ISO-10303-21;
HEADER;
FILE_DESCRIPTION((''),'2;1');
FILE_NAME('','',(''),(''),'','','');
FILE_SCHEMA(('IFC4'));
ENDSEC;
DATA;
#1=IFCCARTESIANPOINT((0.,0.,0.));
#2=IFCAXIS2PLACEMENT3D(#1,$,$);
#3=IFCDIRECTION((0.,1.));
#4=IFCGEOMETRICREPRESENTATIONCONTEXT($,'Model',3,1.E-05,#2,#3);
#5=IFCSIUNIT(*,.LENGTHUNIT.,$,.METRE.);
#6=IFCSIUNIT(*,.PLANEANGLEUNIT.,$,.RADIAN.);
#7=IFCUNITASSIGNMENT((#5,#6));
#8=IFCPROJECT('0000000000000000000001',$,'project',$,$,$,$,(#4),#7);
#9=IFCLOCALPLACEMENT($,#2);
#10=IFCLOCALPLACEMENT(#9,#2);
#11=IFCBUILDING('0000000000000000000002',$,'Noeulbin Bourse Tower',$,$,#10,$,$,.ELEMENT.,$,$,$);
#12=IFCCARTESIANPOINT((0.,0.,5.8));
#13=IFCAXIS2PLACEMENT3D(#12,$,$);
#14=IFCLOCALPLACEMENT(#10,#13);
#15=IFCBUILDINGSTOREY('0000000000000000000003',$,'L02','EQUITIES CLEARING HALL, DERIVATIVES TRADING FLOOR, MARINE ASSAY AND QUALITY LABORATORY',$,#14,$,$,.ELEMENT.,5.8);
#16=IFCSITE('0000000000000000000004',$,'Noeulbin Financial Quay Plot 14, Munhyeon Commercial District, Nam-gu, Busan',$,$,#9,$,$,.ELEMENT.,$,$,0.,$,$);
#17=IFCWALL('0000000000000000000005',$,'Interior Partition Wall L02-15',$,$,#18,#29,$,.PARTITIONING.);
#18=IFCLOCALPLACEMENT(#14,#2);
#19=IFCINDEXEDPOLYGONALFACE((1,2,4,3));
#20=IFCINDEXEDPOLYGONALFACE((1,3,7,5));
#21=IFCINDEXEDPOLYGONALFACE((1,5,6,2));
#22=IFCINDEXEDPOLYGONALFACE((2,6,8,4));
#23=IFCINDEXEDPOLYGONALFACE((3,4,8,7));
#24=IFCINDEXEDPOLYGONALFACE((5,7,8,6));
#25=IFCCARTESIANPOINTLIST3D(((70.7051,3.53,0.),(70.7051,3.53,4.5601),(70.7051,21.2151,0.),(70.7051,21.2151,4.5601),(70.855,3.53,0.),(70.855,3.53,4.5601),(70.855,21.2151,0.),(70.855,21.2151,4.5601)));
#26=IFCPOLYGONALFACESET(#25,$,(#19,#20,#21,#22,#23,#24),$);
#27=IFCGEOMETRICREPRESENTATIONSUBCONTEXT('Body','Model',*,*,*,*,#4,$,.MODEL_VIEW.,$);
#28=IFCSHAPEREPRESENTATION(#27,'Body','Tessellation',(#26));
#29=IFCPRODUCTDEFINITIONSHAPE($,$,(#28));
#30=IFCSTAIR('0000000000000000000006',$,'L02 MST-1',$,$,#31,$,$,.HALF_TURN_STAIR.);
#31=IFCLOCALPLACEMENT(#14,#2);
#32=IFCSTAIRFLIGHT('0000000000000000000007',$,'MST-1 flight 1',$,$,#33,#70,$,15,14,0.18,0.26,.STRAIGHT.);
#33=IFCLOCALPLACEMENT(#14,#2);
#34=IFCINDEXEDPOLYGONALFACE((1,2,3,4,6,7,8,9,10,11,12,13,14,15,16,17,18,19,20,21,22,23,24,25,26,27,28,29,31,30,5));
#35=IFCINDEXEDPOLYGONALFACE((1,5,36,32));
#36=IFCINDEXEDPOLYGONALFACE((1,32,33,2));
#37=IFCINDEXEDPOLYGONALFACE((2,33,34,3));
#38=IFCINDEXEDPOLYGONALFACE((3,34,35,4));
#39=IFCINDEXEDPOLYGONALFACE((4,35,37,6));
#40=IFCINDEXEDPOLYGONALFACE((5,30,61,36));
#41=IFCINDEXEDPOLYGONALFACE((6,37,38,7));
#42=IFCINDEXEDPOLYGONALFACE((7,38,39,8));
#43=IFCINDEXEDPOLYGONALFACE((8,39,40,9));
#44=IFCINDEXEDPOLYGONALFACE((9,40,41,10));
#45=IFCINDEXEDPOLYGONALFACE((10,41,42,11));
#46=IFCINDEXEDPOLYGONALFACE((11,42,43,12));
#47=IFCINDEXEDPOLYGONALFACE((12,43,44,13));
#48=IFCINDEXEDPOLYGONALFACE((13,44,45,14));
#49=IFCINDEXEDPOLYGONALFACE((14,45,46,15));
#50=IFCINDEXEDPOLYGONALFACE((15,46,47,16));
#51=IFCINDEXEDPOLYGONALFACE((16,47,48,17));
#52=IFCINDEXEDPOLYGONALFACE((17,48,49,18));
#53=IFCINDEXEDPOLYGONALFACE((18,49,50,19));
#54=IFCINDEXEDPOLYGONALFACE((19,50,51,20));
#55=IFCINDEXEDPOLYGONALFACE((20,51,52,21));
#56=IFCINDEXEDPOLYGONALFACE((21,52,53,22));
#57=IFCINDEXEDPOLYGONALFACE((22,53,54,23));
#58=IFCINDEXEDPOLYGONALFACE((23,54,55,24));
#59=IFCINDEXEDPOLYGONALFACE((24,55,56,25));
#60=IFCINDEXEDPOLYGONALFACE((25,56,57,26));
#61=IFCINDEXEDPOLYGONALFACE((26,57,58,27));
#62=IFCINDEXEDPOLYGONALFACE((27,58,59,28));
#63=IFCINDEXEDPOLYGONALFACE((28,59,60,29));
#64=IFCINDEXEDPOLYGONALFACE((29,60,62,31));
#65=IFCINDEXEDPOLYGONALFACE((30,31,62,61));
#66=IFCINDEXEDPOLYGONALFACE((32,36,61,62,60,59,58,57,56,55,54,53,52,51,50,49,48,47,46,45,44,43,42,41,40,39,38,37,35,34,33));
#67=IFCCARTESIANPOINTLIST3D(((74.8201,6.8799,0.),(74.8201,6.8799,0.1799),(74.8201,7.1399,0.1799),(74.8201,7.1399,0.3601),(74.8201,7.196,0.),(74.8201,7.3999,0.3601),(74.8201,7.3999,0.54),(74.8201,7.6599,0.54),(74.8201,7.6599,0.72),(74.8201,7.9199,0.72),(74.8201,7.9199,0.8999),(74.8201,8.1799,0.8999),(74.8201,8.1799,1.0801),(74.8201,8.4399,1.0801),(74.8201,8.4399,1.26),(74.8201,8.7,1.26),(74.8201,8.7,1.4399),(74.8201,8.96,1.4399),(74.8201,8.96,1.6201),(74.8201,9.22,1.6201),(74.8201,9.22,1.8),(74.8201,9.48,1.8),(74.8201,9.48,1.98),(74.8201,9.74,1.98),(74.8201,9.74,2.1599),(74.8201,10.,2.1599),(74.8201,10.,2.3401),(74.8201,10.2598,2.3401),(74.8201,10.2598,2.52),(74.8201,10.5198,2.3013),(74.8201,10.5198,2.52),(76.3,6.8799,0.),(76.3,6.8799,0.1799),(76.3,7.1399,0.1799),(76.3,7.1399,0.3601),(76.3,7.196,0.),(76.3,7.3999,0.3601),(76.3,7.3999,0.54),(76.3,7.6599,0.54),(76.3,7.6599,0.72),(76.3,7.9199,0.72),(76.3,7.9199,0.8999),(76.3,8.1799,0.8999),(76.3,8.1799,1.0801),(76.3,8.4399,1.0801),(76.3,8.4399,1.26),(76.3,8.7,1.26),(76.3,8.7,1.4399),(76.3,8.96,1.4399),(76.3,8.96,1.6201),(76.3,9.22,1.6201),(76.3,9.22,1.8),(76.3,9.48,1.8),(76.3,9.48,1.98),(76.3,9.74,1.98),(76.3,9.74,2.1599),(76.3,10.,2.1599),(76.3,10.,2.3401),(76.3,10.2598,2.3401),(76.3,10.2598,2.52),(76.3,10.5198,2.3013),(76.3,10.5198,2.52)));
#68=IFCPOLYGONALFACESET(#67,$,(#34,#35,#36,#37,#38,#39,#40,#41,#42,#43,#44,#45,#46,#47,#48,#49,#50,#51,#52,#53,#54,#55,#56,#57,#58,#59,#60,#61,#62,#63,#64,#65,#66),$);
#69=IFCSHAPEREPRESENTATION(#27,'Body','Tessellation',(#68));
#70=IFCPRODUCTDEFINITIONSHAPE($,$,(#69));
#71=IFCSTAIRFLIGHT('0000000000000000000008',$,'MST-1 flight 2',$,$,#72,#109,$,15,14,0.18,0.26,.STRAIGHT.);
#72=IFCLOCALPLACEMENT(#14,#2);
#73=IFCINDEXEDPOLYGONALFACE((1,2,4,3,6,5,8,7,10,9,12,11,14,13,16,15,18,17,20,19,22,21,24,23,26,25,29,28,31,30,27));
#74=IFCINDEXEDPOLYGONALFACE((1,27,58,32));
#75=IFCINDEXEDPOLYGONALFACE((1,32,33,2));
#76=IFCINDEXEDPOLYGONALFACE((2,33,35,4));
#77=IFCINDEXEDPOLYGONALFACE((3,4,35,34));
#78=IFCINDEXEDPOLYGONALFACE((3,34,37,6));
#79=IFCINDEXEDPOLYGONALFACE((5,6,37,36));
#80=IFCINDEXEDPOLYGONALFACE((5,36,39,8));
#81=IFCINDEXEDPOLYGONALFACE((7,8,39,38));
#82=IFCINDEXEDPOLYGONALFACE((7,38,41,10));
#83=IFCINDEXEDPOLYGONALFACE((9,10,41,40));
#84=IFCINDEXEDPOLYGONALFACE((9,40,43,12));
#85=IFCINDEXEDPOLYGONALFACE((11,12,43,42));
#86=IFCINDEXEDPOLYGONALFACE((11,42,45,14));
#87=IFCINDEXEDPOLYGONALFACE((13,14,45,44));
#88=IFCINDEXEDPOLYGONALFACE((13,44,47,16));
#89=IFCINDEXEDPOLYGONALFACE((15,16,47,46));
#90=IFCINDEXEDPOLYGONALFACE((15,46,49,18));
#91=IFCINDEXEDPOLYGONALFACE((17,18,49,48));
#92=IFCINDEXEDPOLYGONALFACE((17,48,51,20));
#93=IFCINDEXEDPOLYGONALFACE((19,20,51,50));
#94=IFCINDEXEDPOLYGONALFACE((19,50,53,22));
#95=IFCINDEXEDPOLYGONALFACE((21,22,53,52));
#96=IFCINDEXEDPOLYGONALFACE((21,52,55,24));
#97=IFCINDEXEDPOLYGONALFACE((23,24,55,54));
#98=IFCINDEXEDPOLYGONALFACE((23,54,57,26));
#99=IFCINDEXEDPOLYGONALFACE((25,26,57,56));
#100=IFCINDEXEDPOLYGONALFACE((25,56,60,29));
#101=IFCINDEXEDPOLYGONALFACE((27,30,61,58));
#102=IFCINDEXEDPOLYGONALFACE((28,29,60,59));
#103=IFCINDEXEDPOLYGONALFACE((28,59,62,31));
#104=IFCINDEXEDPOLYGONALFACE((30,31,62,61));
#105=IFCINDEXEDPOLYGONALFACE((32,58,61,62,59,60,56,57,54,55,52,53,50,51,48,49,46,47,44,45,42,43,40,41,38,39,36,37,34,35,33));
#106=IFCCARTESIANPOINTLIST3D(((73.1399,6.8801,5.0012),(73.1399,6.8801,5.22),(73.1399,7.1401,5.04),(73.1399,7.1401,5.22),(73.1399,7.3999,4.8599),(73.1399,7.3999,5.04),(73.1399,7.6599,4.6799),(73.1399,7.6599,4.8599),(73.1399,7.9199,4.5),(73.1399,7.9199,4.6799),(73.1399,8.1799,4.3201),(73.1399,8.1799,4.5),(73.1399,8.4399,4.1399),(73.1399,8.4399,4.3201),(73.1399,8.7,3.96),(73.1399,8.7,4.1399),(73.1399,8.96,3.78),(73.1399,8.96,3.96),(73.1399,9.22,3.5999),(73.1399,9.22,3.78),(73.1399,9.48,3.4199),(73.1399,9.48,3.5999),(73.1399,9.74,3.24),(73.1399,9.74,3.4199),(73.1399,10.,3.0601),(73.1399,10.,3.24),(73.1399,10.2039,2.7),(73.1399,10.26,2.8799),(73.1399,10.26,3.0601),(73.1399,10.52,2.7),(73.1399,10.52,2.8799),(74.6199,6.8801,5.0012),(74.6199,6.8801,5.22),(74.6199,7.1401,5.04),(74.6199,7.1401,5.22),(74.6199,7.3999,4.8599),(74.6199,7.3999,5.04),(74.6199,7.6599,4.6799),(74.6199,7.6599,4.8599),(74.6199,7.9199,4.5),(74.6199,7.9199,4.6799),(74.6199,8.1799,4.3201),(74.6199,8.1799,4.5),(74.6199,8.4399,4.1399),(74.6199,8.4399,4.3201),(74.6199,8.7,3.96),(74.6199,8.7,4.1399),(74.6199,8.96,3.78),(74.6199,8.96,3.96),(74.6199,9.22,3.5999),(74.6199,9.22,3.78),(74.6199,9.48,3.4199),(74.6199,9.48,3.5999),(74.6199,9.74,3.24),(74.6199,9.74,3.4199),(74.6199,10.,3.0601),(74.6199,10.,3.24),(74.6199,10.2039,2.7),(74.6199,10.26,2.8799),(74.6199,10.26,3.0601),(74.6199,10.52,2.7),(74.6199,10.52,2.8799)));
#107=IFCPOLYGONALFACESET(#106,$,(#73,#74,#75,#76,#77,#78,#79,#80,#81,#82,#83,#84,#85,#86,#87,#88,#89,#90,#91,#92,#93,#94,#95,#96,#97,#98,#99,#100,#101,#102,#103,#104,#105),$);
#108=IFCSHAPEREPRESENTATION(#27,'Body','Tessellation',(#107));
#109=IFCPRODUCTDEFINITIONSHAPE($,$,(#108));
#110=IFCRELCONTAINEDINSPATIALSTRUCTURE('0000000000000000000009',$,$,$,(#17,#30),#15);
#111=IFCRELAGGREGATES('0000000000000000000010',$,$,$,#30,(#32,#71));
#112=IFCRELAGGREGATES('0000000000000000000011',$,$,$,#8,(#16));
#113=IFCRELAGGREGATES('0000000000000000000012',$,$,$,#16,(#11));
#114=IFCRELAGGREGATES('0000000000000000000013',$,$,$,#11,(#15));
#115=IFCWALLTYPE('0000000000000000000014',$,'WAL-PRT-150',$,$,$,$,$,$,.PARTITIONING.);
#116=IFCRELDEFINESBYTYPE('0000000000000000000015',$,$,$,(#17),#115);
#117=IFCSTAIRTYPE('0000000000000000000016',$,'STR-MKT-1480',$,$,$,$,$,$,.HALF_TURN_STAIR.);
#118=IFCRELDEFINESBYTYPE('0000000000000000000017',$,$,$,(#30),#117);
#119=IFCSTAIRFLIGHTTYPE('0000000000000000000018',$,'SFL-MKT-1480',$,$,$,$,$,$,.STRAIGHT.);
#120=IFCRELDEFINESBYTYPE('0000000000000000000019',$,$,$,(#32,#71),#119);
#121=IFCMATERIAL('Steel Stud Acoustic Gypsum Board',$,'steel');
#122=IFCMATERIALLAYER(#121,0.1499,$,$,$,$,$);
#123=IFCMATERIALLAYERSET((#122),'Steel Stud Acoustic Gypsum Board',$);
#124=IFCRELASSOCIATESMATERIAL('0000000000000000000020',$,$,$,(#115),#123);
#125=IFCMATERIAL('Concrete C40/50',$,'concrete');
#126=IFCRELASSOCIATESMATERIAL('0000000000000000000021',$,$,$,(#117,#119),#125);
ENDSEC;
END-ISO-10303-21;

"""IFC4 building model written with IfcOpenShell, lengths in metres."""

from ifc_helpers import new_model, si_unit, direction, frame, frame_2d, origin, place, context, subcontext, project, spatial, polyline, rectangle, outline, extrude, material, layer, layer_set, type_object, element, aggregate, save


model = new_model("IFC4")

# Units and contexts
model_context = context("Model", 3, precision=1e-05, world=origin(), true_north=direction((0.0, 1.0)))
body_context = subcontext(model_context, "Body", "Model", "MODEL_VIEW")
ifc_project = project(units=[si_unit("LENGTHUNIT", "METRE"), si_unit("PLANEANGLEUNIT", "RADIAN")], contexts=[model_context])

# Site, building, storey
site_placement = place(None, origin())
site = spatial("IfcSite", under=ifc_project, at=site_placement, Name="Noeulbin Financial Quay Plot 14, Munhyeon Commercial District, Nam-gu, Busan", CompositionType="ELEMENT", RefElevation=0.0)
building_placement = place(site_placement, origin())
building = spatial("IfcBuilding", under=site, at=building_placement, Name="Noeulbin Bourse Tower", CompositionType="ELEMENT")
storey_placement = place(building_placement, frame((0.0, 0.0, 5.8)))
storey = spatial("IfcBuildingStorey", under=building, at=storey_placement, Name="L02", Description="EQUITIES CLEARING HALL, DERIVATIVES TRADING FLOOR, MARINE ASSAY AND QUALITY LABORATORY", CompositionType="ELEMENT", Elevation=5.8)

# Shared definitions
ifc_material_1 = material(Name="Concrete C40/50", Category="concrete")

# Wall
ifc_material_2 = material(Name="Steel Stud Acoustic Gypsum Board", Category="steel")
ifc_layer_1 = layer(ifc_material_2, 0.1499)
ifc_layer_set_1 = layer_set([ifc_layer_1], Name="Steel Stud Acoustic Gypsum Board")
wall_type_1 = type_object("IfcWallType", Name="WAL-PRT-150", PredefinedType="PARTITIONING", material=ifc_layer_set_1)
wall_1_placement = place(storey_placement, frame((70.78, 3.53, 0.0), z_axis=(0.0, 0.0, 1.0), x_axis=(0.0, 1.0, 0.0)))
element("IfcWall", 1, at=wall_1_placement, inside=storey, type_object=wall_type_1, Name="Interior Partition Wall L02-15", PredefinedType="PARTITIONING", context=body_context, shape_type="SweptSolid", body=[
    extrude(rectangle(XDim=17.6851, YDim=0.1499, at=frame_2d((8.8425, 0.0))), origin(), (0.0, 0.0, 1.0), 4.5601),
])

# Stair, stair flights
stair_type = type_object("IfcStairType", Name="STR-MKT-1480", PredefinedType="HALF_TURN_STAIR", material=ifc_material_1)
stair_placement = place(storey_placement, origin())
stair = element("IfcStair", 2, at=stair_placement, inside=storey, type_object=stair_type, Name="L02 MST-1", PredefinedType="HALF_TURN_STAIR")
stair_flight_type = type_object("IfcStairFlightType", Name="SFL-MKT-1480", PredefinedType="STRAIGHT", material=ifc_material_1)
stair_flight_1_placement = place(storey_placement, frame((75.5601, 6.8799, 0.0), z_axis=(0.0, 0.0, 1.0), x_axis=(0.0, 1.0, 0.0)))
stair_flight_1 = element("IfcStairFlight", 3, at=stair_flight_1_placement, type_object=stair_flight_type, Name="MST-1 flight 1", NumberOfRisers=15, NumberOfTreads=14, PredefinedType="STRAIGHT", RiserHeight=0.18, TreadLength=0.26, context=body_context, shape_type="SweptSolid", body=[
    extrude(outline(polyline([(0.0, 0.0), (0.0, 0.1799), (0.26, 0.1799), (0.26, 0.3601), (0.52, 0.3601), (0.52, 0.54), (0.78, 0.54), (0.78, 0.72), (1.04, 0.72), (1.04, 0.8999), (1.3, 0.8999), (1.3, 1.0801), (1.5601, 1.0801), (1.5601, 1.26), (1.8201, 1.26), (1.8201, 1.4399), (2.0801, 1.4399), (2.0801, 1.6201), (2.3401, 1.6201), (2.3401, 1.8), (2.6001, 1.8), (2.6001, 1.98), (2.8601, 1.98), (2.8601, 2.1599), (3.1201, 2.1599), (3.1201, 2.3401), (3.3799, 2.3401), (3.3799, 2.52), (3.6399, 2.52), (3.6399, 2.7), (3.6399, 2.3013), (0.3162, 0.0), (0.0, 0.0)])), frame((0.0, 0.74, 0.0), z_axis=(0.0, -1.0, 0.0), x_axis=(1.0, 0.0, 0.0)), (0.0, 0.0, 1.0), 1.48),
])
stair_flight_2_placement = place(storey_placement, frame((73.8799, 10.52, 2.7), z_axis=(0.0, 0.0, 1.0), x_axis=(0.0, -1.0, 0.0)))
stair_flight_2 = element("IfcStairFlight", 4, at=stair_flight_2_placement, type_object=stair_flight_type, Name="MST-1 flight 2", NumberOfRisers=15, NumberOfTreads=14, PredefinedType="STRAIGHT", RiserHeight=0.18, TreadLength=0.26, context=body_context, shape_type="SweptSolid", body=[
    extrude(outline(polyline([(0.0, 0.0), (0.0, 0.1799), (0.26, 0.1799), (0.26, 0.3601), (0.52, 0.3601), (0.52, 0.54), (0.78, 0.54), (0.78, 0.72), (1.04, 0.72), (1.04, 0.8999), (1.3, 0.8999), (1.3, 1.0801), (1.5601, 1.0801), (1.5601, 1.26), (1.8201, 1.26), (1.8201, 1.4399), (2.0801, 1.4399), (2.0801, 1.6201), (2.3401, 1.6201), (2.3401, 1.8), (2.6001, 1.8), (2.6001, 1.98), (2.8601, 1.98), (2.8601, 2.1599), (3.1201, 2.1599), (3.1201, 2.3401), (3.3799, 2.3401), (3.3799, 2.52), (3.6399, 2.52), (3.6399, 2.7), (3.6399, 2.3013), (0.3162, 0.0), (0.0, 0.0)])), frame((0.0, 0.74, 0.0), z_axis=(0.0, -1.0, 0.0), x_axis=(1.0, 0.0, 0.0)), (0.0, 0.0, 1.0), 1.48),
])
aggregate(stair, [stair_flight_1, stair_flight_2])

save(model, "model.ifc")
